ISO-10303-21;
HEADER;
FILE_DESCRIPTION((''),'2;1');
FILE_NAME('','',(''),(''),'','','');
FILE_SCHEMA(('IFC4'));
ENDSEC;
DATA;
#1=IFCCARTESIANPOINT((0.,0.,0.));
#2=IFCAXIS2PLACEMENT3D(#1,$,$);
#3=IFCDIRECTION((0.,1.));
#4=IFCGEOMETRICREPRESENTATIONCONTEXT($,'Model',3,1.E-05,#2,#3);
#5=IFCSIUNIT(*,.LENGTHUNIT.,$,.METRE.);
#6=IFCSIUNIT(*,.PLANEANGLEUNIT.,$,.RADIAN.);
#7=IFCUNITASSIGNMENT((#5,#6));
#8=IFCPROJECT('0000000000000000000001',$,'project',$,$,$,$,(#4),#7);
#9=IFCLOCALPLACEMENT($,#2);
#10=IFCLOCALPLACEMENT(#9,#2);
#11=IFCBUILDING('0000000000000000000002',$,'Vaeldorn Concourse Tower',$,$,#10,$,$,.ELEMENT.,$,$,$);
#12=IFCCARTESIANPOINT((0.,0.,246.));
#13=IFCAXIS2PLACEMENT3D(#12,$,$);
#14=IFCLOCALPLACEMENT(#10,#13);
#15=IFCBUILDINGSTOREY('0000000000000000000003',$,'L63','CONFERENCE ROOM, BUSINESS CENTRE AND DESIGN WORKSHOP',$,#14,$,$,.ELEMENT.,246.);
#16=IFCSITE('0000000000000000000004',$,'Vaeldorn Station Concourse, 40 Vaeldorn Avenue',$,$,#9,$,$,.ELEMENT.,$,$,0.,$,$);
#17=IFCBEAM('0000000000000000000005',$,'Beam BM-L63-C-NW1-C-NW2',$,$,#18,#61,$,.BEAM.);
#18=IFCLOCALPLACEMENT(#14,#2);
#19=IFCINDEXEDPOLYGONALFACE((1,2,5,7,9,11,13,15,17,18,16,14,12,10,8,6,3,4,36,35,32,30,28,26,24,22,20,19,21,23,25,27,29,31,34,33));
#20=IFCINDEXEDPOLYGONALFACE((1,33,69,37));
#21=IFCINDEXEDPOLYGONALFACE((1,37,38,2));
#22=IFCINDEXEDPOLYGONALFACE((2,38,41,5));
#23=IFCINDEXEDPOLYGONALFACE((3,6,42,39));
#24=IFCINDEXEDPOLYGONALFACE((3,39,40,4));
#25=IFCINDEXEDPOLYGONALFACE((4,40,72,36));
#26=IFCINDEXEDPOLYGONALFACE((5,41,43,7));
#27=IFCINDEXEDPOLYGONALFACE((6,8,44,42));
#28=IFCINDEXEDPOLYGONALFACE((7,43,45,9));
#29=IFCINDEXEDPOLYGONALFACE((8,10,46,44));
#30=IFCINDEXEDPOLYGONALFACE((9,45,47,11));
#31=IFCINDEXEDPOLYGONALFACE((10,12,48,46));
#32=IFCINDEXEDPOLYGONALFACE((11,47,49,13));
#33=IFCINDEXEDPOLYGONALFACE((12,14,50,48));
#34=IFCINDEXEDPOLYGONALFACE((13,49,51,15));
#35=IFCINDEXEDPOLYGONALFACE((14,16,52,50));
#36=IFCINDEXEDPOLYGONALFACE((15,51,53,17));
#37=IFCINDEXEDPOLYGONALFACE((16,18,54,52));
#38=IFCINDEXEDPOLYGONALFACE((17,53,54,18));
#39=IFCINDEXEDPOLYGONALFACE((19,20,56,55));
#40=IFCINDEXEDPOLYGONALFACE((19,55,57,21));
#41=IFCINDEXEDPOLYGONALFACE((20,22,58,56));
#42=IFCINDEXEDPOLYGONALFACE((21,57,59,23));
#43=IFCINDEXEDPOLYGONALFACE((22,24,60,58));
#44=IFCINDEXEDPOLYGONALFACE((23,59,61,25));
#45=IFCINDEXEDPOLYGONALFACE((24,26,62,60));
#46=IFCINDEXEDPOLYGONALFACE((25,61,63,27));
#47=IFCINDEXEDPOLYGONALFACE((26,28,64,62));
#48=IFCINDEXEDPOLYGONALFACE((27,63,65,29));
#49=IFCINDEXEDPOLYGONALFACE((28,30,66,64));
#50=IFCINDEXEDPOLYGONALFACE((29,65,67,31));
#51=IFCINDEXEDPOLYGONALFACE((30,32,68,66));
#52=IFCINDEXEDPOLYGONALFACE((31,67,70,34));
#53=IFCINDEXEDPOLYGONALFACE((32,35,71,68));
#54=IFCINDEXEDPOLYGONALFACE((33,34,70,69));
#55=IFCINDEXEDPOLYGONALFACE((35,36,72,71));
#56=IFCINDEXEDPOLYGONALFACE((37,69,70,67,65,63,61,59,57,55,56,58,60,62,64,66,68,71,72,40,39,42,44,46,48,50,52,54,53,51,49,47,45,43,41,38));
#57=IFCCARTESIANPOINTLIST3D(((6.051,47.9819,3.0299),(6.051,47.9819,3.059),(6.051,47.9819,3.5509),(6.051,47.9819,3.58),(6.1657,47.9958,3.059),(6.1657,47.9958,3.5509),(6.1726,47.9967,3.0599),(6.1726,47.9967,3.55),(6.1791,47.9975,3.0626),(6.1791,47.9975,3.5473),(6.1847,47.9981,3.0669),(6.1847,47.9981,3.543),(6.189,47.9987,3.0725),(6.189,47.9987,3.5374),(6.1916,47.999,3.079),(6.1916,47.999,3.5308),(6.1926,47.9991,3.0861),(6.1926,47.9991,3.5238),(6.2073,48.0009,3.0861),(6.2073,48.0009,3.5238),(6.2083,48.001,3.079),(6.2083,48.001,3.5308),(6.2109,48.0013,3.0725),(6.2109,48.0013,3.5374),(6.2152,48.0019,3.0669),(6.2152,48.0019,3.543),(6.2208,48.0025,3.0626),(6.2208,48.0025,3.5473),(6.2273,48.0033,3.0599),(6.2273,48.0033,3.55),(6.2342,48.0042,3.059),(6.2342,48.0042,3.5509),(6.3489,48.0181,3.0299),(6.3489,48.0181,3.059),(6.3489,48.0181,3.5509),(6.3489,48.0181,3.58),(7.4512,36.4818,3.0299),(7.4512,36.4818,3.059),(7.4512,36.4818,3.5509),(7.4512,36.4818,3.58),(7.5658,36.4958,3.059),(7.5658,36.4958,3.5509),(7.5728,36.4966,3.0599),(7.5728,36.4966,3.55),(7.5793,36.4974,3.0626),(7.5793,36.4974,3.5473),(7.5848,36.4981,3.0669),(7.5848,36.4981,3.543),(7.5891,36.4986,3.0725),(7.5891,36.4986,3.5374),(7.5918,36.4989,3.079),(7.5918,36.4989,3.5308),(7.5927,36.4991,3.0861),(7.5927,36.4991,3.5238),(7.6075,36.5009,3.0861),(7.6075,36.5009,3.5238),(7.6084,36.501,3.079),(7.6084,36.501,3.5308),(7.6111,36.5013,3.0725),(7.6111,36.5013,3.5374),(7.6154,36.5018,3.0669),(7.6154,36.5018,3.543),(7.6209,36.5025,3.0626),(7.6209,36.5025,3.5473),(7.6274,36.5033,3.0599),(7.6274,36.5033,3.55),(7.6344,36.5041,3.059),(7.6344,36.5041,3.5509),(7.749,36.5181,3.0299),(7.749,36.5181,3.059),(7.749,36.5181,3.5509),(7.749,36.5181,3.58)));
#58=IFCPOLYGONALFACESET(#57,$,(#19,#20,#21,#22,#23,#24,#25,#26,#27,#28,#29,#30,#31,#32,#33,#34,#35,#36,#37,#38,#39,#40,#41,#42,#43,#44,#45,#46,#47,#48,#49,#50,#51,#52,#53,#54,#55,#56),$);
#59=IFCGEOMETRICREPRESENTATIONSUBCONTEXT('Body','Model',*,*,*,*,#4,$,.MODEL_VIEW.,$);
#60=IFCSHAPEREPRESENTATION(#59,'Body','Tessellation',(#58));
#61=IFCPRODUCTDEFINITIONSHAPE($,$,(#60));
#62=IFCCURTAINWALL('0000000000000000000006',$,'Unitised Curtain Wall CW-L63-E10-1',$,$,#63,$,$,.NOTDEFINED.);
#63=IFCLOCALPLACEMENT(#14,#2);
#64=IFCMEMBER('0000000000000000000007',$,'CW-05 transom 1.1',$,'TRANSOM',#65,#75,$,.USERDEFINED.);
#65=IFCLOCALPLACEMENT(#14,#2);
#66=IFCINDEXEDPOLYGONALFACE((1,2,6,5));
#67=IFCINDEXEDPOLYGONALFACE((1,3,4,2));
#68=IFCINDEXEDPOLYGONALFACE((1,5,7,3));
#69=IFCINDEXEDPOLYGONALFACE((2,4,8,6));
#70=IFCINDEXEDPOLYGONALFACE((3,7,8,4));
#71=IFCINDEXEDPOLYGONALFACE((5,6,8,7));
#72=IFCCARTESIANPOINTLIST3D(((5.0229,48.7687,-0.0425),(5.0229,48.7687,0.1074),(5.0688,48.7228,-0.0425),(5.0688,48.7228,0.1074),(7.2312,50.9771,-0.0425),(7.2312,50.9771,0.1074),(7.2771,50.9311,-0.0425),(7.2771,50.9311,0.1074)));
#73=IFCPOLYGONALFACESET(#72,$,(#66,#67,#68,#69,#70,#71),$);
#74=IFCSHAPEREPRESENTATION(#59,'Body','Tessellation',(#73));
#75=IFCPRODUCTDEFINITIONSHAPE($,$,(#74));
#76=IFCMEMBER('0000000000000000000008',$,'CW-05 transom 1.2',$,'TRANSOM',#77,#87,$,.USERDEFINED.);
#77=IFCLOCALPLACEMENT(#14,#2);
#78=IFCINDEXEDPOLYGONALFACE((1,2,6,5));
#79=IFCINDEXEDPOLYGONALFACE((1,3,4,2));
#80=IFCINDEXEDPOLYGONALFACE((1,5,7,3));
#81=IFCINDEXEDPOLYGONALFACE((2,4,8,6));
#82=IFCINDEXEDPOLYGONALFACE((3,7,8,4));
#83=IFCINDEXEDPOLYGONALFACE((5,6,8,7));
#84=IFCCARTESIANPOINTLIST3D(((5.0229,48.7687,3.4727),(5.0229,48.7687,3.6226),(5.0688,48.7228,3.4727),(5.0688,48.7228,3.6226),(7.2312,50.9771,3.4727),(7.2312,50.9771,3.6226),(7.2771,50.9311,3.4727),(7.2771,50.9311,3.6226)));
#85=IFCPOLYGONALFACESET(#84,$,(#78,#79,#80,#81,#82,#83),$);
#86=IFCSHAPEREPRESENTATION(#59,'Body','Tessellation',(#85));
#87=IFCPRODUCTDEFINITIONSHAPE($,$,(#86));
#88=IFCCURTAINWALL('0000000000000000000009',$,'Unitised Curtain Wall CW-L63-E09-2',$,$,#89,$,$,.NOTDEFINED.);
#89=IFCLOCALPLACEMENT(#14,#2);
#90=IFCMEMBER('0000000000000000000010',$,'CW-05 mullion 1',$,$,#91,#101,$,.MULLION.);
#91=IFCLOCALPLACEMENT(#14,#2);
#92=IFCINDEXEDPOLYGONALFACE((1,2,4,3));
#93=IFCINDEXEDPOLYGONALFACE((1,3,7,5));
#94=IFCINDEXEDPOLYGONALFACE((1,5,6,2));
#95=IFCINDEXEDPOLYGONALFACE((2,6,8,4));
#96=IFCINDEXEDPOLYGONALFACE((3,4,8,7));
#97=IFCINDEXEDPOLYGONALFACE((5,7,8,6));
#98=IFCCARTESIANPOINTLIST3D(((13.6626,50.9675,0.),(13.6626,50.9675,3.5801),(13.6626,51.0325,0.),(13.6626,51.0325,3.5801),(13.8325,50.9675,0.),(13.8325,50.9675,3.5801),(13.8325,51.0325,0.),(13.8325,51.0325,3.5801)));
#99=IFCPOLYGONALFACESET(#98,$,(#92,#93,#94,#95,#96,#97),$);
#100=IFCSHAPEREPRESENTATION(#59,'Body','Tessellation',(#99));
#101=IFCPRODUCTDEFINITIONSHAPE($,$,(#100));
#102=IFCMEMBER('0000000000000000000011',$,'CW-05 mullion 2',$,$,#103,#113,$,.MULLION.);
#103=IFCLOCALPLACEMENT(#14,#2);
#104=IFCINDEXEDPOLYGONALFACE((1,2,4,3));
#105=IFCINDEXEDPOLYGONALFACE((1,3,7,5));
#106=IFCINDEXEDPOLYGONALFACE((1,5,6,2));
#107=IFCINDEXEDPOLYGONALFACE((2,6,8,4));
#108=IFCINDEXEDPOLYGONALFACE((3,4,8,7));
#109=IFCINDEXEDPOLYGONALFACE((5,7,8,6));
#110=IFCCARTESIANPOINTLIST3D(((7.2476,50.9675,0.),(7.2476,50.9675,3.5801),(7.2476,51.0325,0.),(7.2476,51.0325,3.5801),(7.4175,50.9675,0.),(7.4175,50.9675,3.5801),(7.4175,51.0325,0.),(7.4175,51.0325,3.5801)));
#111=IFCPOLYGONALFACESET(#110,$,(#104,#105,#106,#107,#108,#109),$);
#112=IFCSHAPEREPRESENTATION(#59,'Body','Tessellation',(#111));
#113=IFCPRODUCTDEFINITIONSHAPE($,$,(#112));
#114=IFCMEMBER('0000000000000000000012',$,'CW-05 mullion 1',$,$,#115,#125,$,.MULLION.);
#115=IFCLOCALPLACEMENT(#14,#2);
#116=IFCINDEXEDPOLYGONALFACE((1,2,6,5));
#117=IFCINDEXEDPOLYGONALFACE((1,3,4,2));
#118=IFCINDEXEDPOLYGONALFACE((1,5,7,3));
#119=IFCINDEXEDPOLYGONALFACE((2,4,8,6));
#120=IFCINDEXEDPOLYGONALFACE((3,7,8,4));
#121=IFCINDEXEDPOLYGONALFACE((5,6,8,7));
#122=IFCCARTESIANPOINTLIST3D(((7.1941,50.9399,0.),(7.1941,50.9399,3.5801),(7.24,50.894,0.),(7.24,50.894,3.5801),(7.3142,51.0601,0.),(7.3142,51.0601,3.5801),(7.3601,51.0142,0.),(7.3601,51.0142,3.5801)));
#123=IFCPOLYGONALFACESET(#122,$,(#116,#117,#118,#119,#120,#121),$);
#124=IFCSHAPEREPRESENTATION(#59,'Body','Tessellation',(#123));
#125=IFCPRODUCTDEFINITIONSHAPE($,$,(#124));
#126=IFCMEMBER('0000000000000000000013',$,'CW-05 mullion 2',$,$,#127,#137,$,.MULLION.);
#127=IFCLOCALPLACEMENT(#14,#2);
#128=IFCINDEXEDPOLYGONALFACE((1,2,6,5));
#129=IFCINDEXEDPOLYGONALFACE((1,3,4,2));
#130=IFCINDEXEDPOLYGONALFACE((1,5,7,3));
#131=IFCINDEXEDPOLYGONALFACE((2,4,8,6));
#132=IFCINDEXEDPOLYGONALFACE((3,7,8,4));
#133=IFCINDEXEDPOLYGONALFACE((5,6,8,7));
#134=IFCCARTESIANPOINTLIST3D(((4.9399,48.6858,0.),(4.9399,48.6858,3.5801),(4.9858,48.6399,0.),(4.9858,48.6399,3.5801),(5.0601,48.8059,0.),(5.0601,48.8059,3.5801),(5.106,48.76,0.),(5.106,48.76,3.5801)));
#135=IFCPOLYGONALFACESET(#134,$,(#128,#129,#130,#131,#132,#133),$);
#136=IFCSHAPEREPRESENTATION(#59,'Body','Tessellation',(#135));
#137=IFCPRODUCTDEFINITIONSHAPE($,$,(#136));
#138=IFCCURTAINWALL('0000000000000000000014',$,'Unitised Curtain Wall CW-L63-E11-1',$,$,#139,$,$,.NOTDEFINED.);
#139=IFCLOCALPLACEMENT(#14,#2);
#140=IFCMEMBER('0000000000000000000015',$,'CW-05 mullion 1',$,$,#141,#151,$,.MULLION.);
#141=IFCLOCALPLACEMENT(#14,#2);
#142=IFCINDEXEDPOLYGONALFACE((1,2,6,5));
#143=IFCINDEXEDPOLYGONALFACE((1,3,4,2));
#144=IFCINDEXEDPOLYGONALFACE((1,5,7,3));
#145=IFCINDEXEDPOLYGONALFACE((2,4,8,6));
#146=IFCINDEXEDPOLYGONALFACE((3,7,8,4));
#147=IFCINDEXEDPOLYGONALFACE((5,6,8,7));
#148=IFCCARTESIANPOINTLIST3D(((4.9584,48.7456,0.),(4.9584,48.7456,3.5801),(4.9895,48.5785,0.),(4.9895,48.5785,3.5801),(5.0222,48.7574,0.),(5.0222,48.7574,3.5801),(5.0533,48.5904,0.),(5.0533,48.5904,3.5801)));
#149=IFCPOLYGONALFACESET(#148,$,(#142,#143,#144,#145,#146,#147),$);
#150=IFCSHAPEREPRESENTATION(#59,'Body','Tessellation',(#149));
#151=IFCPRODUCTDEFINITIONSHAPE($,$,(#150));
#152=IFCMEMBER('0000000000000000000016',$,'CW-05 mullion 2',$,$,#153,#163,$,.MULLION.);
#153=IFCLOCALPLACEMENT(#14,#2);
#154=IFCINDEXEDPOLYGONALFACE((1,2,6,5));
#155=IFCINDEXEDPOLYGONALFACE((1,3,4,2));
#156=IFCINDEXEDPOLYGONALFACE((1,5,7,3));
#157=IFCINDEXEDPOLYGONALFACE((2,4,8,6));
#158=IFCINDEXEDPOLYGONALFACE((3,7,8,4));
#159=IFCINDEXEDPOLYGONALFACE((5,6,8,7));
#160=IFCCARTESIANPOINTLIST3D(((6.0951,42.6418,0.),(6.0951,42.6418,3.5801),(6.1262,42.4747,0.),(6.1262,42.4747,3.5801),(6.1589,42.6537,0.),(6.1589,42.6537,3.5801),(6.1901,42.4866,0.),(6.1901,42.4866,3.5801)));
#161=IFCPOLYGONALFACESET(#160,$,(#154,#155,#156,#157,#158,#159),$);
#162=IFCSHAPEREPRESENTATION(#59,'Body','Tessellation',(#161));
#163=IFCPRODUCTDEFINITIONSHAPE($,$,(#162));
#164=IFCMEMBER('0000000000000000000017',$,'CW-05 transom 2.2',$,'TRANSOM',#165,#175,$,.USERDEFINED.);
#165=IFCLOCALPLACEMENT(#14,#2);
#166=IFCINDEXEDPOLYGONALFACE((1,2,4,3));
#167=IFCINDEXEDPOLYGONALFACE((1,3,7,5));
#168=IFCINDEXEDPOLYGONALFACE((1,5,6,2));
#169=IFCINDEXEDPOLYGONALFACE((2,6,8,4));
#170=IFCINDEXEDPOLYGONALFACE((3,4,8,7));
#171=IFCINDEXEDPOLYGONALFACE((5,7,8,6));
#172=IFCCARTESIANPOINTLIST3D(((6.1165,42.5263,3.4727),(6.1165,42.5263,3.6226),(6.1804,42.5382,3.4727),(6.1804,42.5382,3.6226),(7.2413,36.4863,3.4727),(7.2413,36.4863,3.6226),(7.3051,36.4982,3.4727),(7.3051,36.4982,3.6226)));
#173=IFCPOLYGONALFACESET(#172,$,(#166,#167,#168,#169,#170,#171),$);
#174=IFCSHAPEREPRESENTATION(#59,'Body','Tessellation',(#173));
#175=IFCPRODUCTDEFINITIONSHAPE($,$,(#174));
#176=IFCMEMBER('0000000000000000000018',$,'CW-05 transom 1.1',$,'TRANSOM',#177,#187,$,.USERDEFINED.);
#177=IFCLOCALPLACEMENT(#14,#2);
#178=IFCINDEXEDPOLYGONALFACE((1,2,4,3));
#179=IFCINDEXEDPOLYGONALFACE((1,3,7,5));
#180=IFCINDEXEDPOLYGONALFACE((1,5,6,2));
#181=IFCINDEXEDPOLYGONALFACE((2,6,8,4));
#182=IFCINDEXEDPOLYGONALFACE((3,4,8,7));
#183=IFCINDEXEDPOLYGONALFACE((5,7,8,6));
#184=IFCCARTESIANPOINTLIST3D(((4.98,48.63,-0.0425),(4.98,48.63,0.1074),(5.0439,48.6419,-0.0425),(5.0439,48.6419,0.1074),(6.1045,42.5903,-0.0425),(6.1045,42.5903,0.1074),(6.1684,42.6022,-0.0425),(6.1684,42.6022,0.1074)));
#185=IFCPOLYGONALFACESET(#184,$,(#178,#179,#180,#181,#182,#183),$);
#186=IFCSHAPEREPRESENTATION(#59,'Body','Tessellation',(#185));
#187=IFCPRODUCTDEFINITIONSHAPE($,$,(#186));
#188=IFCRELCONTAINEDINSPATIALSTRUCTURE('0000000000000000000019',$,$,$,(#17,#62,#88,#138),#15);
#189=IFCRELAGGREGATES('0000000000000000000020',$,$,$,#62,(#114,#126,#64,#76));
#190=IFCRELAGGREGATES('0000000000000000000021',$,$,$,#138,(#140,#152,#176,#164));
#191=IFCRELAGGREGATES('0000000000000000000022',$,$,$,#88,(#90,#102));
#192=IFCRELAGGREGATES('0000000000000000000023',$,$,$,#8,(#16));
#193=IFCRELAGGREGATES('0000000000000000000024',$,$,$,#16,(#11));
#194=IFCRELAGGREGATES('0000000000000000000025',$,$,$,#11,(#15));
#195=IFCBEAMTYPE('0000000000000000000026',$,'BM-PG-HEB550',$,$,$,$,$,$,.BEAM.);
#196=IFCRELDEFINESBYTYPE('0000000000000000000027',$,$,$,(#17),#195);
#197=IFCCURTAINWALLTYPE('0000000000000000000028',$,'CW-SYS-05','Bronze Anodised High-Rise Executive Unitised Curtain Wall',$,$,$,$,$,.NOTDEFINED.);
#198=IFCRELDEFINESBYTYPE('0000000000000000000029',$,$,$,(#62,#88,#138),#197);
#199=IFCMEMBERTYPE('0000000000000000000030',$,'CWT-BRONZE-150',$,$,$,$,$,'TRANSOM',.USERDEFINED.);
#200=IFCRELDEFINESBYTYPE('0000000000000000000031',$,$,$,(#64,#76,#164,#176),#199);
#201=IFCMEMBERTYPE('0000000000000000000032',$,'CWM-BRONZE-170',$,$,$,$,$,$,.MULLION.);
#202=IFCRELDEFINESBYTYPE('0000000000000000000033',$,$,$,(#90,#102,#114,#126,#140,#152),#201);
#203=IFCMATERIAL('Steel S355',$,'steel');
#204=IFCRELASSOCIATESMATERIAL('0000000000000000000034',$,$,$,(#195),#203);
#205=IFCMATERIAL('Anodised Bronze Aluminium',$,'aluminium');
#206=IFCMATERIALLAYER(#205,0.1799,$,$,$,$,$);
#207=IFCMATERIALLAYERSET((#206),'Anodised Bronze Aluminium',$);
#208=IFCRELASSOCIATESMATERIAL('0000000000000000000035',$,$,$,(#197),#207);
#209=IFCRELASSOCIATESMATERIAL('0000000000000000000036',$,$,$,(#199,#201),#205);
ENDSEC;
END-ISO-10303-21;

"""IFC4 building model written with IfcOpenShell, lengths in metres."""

from ifc_helpers import new_model, si_unit, direction, frame, origin, origin_2d, place, context, subcontext, project, spatial, rectangle, i_section, extrude, source, transform, mapped, material, layer, layer_set, material_profile, profile_set, type_object, element, aggregate, save


model = new_model("IFC4")

# Units and contexts
model_context = context("Model", 3, precision=1e-05, world=origin(), true_north=direction((0.0, 1.0)))
body_context = subcontext(model_context, "Body", "Model", "MODEL_VIEW")
ifc_project = project(units=[si_unit("LENGTHUNIT", "METRE"), si_unit("PLANEANGLEUNIT", "RADIAN")], contexts=[model_context])

# Site, building, storey
site_placement = place(None, origin())
site = spatial("IfcSite", under=ifc_project, at=site_placement, Name="Vaeldorn Station Concourse, 40 Vaeldorn Avenue", CompositionType="ELEMENT", RefElevation=0.0)
building_placement = place(site_placement, origin())
building = spatial("IfcBuilding", under=site, at=building_placement, Name="Vaeldorn Concourse Tower", CompositionType="ELEMENT")
storey_placement = place(building_placement, frame((0.0, 0.0, 246.0)))
storey = spatial("IfcBuildingStorey", under=building, at=storey_placement, Name="L63", Description="CONFERENCE ROOM, BUSINESS CENTRE AND DESIGN WORKSHOP", CompositionType="ELEMENT", Elevation=246.0)

# Shared definitions
ifc_material_1 = material(Name="Steel S355", Category="steel")

# Beam
ifc_material_profile_1 = material_profile(ifc_material_1, i_section(OverallWidth=0.3, OverallDepth=0.55, WebThickness=0.0149, FlangeThickness=0.0291, FilletRadius=0.0271, at=origin_2d()), Name="HEB 550")
ifc_profile_set_1 = profile_set([ifc_material_profile_1], Name="Steel S355")
beam_type_1 = type_object("IfcBeamType", Name="BM-PG-HEB550", PredefinedType="BEAM", material=ifc_profile_set_1)
shared_shape_1 = source(origin(), body_context, "Body", "SweptSolid", [
    extrude(i_section(OverallWidth=0.3, OverallDepth=0.55, WebThickness=0.0149, FlangeThickness=0.0291, FilletRadius=0.0271, at=origin_2d()), origin(), (0.0, 0.0, 1.0), 11.585),
])
beam_1_placement = place(storey_placement, frame((6.2, 48.0, 3.3049), z_axis=(0.120859, -0.99267, 0.0), x_axis=(0.99267, 0.120859, 0.0)))
element("IfcBeam", 1, at=beam_1_placement, inside=storey, type_object=beam_type_1, Name="Beam BM-L63-C-NW1-C-NW2", PredefinedType="BEAM", context=body_context, shape_type="MappedRepresentation", body=[
    mapped(shared_shape_1, transform((0.0, 0.0, 0.0), scale=1.0)),
])

# Curtain walls, members
ifc_material_2 = material(Name="Anodised Bronze Aluminium", Category="aluminium")
ifc_layer_1 = layer(ifc_material_2, 0.1799)
ifc_layer_set_1 = layer_set([ifc_layer_1], Name="Anodised Bronze Aluminium")
curtain_wall_type = type_object("IfcCurtainWallType", Name="CW-SYS-05", Description="Bronze Anodised High-Rise Executive Unitised Curtain Wall", PredefinedType="NOTDEFINED", material=ifc_layer_set_1)
curtain_wall_1_placement = place(storey_placement, origin())
curtain_wall_1 = element("IfcCurtainWall", 2, at=curtain_wall_1_placement, inside=storey, type_object=curtain_wall_type, Name="Unitised Curtain Wall CW-L63-E10-1", PredefinedType="NOTDEFINED")
ifc_material_profile_2 = material_profile(ifc_material_2, rectangle(XDim=0.0649, YDim=0.1499, at=origin_2d()), Name="CWT 65x150")
ifc_profile_set_2 = profile_set([ifc_material_profile_2], Name="Anodised Bronze Aluminium")
member_type_1 = type_object("IfcMemberType", Name="CWT-BRONZE-150", ElementType="TRANSOM", PredefinedType="USERDEFINED", material=ifc_profile_set_2)
shared_shape_2 = source(origin(), body_context, "Body", "SweptSolid", [
    extrude(rectangle(XDim=0.0649, YDim=0.1499, at=origin_2d()), origin(), (0.0, 0.0, 1.0), 3.123),
])
member_1_placement = place(storey_placement, frame((7.2542, 50.9541, 0.0325), z_axis=(-0.707107, -0.707107, 0.0), x_axis=(0.707107, -0.707107, 0.0)))
member_1 = element("IfcMember", 3, at=member_1_placement, type_object=member_type_1, Name="CW-05 transom 1.1", ObjectType="TRANSOM", PredefinedType="USERDEFINED", context=body_context, shape_type="MappedRepresentation", body=[
    mapped(shared_shape_2, transform((0.0, 0.0, 0.0), scale=1.0)),
])
member_2_placement = place(storey_placement, frame((7.2542, 50.9541, 3.5476), z_axis=(-0.707107, -0.707107, 0.0), x_axis=(0.707107, -0.707107, 0.0)))
member_2 = element("IfcMember", 4, at=member_2_placement, type_object=member_type_1, Name="CW-05 transom 1.2", ObjectType="TRANSOM", PredefinedType="USERDEFINED", context=body_context, shape_type="MappedRepresentation", body=[
    mapped(shared_shape_2, transform((0.0, 0.0, 0.0), scale=1.0)),
])
curtain_wall_2_placement = place(storey_placement, origin())
curtain_wall_2 = element("IfcCurtainWall", 5, at=curtain_wall_2_placement, inside=storey, type_object=curtain_wall_type, Name="Unitised Curtain Wall CW-L63-E09-2", PredefinedType="NOTDEFINED")
ifc_material_profile_3 = material_profile(ifc_material_2, rectangle(XDim=0.0649, YDim=0.1699, at=origin_2d()), Name="CWM 65x170")
ifc_profile_set_3 = profile_set([ifc_material_profile_3], Name="Anodised Bronze Aluminium")
member_type_2 = type_object("IfcMemberType", Name="CWM-BRONZE-170", PredefinedType="MULLION", material=ifc_profile_set_3)
shared_shape_3 = source(origin(), body_context, "Body", "SweptSolid", [
    extrude(rectangle(XDim=0.0649, YDim=0.1699, at=origin_2d()), origin(), (0.0, 0.0, 1.0), 3.5801),
])
member_3_placement = place(storey_placement, frame((13.7476, 51.0, 0.0), z_axis=(0.0, 0.0, 1.0), x_axis=(0.0, -1.0, 0.0)))
member_3 = element("IfcMember", 6, at=member_3_placement, type_object=member_type_2, Name="CW-05 mullion 1", PredefinedType="MULLION", context=body_context, shape_type="MappedRepresentation", body=[
    mapped(shared_shape_3, transform((0.0, 0.0, 0.0), scale=1.0)),
])
member_4_placement = place(storey_placement, frame((7.3325, 51.0, 0.0), z_axis=(0.0, 0.0, 1.0), x_axis=(0.0, -1.0, 0.0)))
member_4 = element("IfcMember", 7, at=member_4_placement, type_object=member_type_2, Name="CW-05 mullion 2", PredefinedType="MULLION", context=body_context, shape_type="MappedRepresentation", body=[
    mapped(shared_shape_3, transform((0.0, 0.0, 0.0), scale=1.0)),
])

# Members
member_5_placement = place(storey_placement, frame((7.2771, 50.9771, 0.0), z_axis=(0.0, 0.0, 1.0), x_axis=(0.707107, -0.707107, 0.0)))
member_5 = element("IfcMember", 8, at=member_5_placement, type_object=member_type_2, Name="CW-05 mullion 1", PredefinedType="MULLION", context=body_context, shape_type="MappedRepresentation", body=[
    mapped(shared_shape_3, transform((0.0, 0.0, 0.0), scale=1.0)),
])
member_6_placement = place(storey_placement, frame((5.0229, 48.7229, 0.0), z_axis=(0.0, 0.0, 1.0), x_axis=(0.707107, -0.707107, 0.0)))
member_6 = element("IfcMember", 9, at=member_6_placement, type_object=member_type_2, Name="CW-05 mullion 2", PredefinedType="MULLION", context=body_context, shape_type="MappedRepresentation", body=[
    mapped(shared_shape_3, transform((0.0, 0.0, 0.0), scale=1.0)),
])

# Curtain wall, members
curtain_wall_3_placement = place(storey_placement, origin())
curtain_wall_3 = element("IfcCurtainWall", 10, at=curtain_wall_3_placement, inside=storey, type_object=curtain_wall_type, Name="Unitised Curtain Wall CW-L63-E11-1", PredefinedType="NOTDEFINED")
member_7_placement = place(storey_placement, frame((5.0059, 48.668, 0.0), z_axis=(0.0, 0.0, 1.0), x_axis=(0.983103, 0.183054, 0.0)))
member_7 = element("IfcMember", 11, at=member_7_placement, type_object=member_type_2, Name="CW-05 mullion 1", PredefinedType="MULLION", context=body_context, shape_type="MappedRepresentation", body=[
    mapped(shared_shape_3, transform((0.0, 0.0, 0.0), scale=1.0)),
])
member_8_placement = place(storey_placement, frame((6.1426, 42.5642, 0.0), z_axis=(0.0, 0.0, 1.0), x_axis=(0.983103, 0.183054, 0.0)))
member_8 = element("IfcMember", 12, at=member_8_placement, type_object=member_type_2, Name="CW-05 mullion 2", PredefinedType="MULLION", context=body_context, shape_type="MappedRepresentation", body=[
    mapped(shared_shape_3, transform((0.0, 0.0, 0.0), scale=1.0)),
])
shared_shape_4 = source(origin(), body_context, "Body", "SweptSolid", [
    extrude(rectangle(XDim=0.0649, YDim=0.1499, at=origin_2d()), origin(), (0.0, 0.0, 1.0), 6.1438),
])
member_9_placement = place(storey_placement, frame((6.1484, 42.5322, 3.5476), z_axis=(0.18307, -0.9831, 0.0), x_axis=(0.9831, 0.18307, 0.0)))
member_9 = element("IfcMember", 13, at=member_9_placement, type_object=member_type_1, Name="CW-05 transom 2.2", ObjectType="TRANSOM", PredefinedType="USERDEFINED", context=body_context, shape_type="MappedRepresentation", body=[
    mapped(shared_shape_4, transform((0.0, 0.0, 0.0), scale=1.0)),
])
shared_shape_5 = source(origin(), body_context, "Body", "SweptSolid", [
    extrude(rectangle(XDim=0.0649, YDim=0.1499, at=origin_2d()), origin(), (0.0, 0.0, 1.0), 6.1436),
])
member_10_placement = place(storey_placement, frame((5.012, 48.636, 0.0325), z_axis=(0.183038, -0.983106, 0.0), x_axis=(0.983106, 0.183038, 0.0)))
member_10 = element("IfcMember", 14, at=member_10_placement, type_object=member_type_1, Name="CW-05 transom 1.1", ObjectType="TRANSOM", PredefinedType="USERDEFINED", context=body_context, shape_type="MappedRepresentation", body=[
    mapped(shared_shape_5, transform((0.0, 0.0, 0.0), scale=1.0)),
])

aggregate(curtain_wall_1, [member_5, member_6, member_1, member_2])
aggregate(curtain_wall_3, [member_7, member_8, member_10, member_9])
aggregate(curtain_wall_2, [member_3, member_4])

save(model, "model.ifc")
